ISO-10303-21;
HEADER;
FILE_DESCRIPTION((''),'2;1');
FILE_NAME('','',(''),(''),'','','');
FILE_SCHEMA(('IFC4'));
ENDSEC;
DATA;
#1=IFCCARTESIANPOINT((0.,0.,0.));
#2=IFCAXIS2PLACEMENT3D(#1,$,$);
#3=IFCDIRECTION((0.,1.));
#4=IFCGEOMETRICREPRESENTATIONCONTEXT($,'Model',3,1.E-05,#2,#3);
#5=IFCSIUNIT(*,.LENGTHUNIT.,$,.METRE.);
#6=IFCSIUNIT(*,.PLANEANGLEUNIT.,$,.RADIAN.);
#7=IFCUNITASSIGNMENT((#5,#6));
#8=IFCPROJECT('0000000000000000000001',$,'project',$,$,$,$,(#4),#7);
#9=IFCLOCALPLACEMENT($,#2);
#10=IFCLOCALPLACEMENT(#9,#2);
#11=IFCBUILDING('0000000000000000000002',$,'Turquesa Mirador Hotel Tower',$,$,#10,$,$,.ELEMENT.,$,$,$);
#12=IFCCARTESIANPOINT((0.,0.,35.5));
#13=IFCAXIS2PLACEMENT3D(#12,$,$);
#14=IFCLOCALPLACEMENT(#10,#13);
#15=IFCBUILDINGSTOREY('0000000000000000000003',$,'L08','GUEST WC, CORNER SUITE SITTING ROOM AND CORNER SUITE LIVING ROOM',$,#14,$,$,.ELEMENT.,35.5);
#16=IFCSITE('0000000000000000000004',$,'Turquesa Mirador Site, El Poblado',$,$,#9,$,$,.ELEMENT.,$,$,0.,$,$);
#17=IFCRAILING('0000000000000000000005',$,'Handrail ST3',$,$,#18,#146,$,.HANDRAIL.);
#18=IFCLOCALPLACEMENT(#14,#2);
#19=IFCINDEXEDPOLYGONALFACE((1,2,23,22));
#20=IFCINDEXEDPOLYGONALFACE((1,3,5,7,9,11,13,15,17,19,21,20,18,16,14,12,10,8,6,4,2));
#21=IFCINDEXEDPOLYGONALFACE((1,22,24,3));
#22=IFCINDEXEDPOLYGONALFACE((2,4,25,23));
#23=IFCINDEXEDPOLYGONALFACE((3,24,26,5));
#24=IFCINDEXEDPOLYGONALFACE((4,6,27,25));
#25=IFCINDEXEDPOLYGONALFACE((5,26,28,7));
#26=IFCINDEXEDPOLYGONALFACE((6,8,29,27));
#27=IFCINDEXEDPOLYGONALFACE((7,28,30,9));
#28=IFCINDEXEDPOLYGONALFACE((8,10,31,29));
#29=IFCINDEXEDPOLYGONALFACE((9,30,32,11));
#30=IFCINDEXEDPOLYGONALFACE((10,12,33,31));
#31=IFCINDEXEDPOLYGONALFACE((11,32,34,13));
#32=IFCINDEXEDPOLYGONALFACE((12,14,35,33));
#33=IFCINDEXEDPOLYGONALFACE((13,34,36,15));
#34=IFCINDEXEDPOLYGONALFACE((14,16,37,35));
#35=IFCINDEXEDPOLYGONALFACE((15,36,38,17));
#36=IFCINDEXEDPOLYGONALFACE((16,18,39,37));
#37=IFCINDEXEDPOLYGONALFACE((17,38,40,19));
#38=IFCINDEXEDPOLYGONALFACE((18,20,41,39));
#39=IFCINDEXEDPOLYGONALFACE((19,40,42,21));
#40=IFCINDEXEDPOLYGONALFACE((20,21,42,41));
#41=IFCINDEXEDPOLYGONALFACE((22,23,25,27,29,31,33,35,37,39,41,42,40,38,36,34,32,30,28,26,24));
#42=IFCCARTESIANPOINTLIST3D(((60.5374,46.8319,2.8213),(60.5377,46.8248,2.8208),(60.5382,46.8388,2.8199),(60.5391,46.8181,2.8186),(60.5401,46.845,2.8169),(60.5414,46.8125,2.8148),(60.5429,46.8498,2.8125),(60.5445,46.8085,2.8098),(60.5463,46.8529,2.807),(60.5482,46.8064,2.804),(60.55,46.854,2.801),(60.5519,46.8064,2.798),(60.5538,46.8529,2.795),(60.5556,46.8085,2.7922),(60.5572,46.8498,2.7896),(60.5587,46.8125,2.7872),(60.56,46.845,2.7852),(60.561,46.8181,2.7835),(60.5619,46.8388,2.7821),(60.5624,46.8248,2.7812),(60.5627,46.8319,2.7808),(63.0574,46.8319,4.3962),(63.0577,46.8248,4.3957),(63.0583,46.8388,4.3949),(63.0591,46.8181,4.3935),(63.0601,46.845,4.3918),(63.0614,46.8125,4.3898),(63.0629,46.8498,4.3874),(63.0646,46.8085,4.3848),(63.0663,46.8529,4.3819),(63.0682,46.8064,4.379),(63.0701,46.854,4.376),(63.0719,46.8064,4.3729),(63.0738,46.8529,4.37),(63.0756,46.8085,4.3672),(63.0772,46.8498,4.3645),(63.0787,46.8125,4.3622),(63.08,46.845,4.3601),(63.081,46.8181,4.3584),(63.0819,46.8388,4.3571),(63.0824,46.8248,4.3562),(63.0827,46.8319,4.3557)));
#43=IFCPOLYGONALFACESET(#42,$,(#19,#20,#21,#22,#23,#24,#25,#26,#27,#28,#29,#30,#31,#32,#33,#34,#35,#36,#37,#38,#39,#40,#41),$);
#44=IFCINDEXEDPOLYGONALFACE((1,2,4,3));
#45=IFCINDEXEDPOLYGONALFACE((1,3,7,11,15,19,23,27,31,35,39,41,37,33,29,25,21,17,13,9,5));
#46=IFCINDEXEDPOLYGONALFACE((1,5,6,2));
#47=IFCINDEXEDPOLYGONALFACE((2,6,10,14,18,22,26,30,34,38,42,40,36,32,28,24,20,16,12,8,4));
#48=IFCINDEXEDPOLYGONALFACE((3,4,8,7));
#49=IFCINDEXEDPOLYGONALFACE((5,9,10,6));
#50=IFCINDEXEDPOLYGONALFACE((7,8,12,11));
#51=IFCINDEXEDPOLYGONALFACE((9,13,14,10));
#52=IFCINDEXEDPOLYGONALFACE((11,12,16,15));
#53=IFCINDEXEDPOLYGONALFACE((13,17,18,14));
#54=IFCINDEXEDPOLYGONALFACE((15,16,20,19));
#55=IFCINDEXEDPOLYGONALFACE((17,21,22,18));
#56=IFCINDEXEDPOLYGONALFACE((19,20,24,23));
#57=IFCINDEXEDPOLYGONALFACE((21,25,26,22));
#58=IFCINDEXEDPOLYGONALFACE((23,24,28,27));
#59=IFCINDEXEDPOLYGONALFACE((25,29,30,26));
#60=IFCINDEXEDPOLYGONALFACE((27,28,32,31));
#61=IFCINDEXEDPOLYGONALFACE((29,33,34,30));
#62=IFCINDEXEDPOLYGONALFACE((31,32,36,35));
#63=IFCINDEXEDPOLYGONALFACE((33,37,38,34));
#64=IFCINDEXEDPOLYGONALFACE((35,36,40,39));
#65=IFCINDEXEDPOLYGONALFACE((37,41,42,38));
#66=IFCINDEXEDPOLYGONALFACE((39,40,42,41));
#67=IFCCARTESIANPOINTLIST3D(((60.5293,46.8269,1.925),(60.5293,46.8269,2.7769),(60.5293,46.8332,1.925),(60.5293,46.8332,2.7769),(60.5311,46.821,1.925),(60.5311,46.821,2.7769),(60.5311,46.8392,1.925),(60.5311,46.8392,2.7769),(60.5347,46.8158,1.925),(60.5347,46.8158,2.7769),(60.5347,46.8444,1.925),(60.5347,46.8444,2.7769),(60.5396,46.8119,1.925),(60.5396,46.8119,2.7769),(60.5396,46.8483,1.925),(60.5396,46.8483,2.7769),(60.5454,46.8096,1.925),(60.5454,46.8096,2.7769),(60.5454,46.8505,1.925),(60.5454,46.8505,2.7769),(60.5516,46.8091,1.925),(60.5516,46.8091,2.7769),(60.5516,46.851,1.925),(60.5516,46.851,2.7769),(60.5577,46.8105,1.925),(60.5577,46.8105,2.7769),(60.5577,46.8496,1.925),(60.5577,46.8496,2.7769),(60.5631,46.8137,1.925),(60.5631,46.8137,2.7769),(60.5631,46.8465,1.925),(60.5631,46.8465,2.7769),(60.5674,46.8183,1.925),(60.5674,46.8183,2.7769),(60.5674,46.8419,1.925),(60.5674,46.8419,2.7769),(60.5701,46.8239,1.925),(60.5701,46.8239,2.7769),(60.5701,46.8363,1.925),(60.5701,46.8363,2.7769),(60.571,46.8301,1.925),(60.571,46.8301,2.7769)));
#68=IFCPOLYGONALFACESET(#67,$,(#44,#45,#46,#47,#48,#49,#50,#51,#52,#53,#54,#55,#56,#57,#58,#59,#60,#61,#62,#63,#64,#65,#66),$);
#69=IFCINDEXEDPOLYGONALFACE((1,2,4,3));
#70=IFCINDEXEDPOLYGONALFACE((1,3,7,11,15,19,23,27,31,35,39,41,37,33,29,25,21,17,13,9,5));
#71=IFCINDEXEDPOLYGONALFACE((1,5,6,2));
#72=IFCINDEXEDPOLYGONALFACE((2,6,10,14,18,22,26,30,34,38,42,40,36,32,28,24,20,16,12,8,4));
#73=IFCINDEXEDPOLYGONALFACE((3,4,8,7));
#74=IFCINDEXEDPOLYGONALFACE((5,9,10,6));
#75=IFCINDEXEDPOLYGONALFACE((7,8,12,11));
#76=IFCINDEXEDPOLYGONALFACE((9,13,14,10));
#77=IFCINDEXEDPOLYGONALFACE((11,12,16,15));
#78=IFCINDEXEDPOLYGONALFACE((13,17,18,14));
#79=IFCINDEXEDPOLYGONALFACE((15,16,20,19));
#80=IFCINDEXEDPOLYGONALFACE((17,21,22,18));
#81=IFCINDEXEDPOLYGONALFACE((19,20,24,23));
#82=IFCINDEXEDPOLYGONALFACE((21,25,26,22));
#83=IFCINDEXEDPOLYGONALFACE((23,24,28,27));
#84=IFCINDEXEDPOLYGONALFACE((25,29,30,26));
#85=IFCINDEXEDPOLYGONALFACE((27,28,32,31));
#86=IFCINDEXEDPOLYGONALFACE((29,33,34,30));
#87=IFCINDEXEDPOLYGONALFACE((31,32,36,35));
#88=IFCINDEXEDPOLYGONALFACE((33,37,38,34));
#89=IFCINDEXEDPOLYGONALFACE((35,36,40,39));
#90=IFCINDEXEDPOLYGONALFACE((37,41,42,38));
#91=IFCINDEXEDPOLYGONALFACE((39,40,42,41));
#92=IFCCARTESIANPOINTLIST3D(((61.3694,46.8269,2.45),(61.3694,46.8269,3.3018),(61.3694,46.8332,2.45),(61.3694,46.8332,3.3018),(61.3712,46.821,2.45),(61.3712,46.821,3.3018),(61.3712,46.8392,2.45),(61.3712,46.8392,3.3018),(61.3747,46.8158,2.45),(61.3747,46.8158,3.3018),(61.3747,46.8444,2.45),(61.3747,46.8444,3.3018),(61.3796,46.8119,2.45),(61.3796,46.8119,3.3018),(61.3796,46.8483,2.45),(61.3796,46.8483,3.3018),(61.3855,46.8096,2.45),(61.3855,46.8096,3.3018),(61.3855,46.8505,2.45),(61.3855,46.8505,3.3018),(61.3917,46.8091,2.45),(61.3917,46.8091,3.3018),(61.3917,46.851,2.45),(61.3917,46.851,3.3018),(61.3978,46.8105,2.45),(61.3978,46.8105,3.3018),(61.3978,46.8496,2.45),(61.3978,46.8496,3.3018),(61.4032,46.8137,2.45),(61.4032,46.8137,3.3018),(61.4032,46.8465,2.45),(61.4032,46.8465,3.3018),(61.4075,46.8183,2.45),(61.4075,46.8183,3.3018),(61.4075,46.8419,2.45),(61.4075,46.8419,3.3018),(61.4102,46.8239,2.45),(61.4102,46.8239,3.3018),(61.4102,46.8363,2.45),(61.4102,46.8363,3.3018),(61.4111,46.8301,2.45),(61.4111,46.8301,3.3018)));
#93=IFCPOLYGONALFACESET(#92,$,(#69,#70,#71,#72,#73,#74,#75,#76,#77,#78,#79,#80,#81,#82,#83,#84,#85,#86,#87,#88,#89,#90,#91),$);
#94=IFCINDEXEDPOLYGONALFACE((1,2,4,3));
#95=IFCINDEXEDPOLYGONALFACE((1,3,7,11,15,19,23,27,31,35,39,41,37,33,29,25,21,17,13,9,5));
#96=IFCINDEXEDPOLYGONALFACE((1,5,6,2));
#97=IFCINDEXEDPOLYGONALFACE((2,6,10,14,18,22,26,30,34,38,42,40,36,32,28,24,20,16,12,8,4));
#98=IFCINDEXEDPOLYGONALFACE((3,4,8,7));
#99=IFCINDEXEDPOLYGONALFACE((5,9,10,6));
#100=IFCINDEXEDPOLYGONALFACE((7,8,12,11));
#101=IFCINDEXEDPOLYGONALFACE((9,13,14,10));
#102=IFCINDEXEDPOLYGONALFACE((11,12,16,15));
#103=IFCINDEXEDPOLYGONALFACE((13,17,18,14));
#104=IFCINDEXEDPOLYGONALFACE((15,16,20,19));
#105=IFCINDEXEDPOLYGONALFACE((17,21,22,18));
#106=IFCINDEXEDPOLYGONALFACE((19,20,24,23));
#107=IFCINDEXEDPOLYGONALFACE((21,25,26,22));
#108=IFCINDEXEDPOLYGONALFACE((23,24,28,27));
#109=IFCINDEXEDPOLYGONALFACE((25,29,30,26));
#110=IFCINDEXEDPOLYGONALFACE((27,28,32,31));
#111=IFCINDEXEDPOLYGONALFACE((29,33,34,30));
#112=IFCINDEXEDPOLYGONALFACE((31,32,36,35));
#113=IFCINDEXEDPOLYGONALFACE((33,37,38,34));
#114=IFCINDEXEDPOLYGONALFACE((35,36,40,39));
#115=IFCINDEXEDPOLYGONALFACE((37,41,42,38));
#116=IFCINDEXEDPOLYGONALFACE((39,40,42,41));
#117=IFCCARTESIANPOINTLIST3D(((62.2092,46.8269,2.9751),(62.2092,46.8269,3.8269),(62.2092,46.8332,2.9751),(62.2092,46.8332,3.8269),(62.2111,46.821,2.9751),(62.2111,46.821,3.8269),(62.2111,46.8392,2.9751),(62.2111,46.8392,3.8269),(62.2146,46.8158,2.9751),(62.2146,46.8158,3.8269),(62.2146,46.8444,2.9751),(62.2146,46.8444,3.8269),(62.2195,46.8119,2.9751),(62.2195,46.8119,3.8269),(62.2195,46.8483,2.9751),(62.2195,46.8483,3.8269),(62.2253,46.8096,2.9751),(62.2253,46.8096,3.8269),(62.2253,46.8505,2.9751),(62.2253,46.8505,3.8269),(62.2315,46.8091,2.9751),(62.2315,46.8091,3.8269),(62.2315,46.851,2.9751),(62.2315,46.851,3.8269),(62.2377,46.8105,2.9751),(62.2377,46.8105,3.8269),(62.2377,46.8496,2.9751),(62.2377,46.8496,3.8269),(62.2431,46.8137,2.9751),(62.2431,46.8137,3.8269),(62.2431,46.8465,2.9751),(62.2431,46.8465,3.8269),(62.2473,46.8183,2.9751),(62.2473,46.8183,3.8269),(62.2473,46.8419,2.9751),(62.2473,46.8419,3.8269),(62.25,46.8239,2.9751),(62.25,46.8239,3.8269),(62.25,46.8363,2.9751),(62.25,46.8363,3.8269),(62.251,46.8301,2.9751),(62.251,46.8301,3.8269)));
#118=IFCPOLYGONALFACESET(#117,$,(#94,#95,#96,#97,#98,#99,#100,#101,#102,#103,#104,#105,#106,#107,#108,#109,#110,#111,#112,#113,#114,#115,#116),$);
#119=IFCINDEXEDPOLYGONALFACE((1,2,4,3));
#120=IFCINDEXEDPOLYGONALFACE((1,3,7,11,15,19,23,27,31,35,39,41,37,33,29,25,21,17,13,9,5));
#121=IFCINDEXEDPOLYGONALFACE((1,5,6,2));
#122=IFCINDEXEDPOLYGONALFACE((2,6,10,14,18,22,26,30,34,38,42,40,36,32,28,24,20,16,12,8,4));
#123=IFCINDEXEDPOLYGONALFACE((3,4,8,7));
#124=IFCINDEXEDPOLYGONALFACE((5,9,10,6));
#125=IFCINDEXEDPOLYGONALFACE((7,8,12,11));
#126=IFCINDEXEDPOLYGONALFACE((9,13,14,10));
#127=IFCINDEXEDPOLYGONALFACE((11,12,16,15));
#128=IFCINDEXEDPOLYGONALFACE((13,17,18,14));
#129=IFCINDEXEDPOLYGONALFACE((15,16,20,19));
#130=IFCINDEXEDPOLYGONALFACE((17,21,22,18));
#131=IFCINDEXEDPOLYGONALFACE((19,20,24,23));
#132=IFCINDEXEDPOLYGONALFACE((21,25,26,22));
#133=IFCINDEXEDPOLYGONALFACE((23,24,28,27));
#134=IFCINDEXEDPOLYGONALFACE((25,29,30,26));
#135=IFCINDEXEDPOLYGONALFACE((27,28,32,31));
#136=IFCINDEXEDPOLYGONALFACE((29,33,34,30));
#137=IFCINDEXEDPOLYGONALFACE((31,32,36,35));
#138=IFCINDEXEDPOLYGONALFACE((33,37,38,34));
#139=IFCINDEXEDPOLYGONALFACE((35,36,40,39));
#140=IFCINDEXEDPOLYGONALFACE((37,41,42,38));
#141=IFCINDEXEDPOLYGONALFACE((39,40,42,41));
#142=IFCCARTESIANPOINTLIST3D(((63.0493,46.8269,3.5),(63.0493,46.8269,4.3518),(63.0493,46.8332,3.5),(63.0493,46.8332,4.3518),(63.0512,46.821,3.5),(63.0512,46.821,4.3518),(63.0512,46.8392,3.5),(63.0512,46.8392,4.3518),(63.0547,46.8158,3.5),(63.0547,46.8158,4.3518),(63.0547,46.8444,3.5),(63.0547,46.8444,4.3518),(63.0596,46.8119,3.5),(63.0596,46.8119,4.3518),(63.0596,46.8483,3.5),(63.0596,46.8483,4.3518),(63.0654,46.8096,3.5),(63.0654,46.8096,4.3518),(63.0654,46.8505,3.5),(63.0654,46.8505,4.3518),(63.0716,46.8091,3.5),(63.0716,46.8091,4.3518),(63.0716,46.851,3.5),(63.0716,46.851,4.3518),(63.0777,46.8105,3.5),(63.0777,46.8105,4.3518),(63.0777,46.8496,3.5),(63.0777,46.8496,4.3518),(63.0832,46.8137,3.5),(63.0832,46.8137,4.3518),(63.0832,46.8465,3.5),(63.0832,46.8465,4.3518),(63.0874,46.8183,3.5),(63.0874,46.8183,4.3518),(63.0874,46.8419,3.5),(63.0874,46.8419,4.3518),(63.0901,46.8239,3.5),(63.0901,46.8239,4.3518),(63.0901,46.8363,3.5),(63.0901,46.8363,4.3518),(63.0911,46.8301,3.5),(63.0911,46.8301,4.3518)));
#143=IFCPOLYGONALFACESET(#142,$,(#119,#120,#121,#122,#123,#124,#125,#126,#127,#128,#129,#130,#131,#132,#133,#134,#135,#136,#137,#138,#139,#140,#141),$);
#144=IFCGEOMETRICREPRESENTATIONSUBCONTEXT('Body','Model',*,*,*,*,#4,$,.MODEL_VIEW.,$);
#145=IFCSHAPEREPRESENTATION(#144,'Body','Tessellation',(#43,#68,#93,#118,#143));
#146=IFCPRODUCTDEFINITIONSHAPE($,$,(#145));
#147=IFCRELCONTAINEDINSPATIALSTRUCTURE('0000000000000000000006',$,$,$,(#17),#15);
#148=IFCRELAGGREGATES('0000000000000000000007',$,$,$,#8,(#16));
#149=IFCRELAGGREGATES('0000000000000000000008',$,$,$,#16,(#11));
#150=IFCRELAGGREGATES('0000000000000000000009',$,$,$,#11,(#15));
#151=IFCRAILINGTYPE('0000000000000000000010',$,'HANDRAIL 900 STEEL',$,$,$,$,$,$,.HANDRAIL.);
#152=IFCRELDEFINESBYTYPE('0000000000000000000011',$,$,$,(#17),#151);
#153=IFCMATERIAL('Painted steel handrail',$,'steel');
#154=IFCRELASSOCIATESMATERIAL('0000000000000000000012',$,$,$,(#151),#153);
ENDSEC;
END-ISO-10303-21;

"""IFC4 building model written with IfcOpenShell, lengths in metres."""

from ifc_helpers import new_model, si_unit, direction, frame, origin, origin_2d, place, context, subcontext, project, spatial, circle, extrude, material, type_object, element, save


model = new_model("IFC4")

# Units and contexts
model_context = context("Model", 3, precision=1e-05, world=origin(), true_north=direction((0.0, 1.0)))
body_context = subcontext(model_context, "Body", "Model", "MODEL_VIEW")
ifc_project = project(units=[si_unit("LENGTHUNIT", "METRE"), si_unit("PLANEANGLEUNIT", "RADIAN")], contexts=[model_context])

# Site, building, storey
site_placement = place(None, origin())
site = spatial("IfcSite", under=ifc_project, at=site_placement, Name="Turquesa Mirador Site, El Poblado", CompositionType="ELEMENT", RefElevation=0.0)
building_placement = place(site_placement, origin())
building = spatial("IfcBuilding", under=site, at=building_placement, Name="Turquesa Mirador Hotel Tower", CompositionType="ELEMENT")
storey_placement = place(building_placement, frame((0.0, 0.0, 35.5)))
storey = spatial("IfcBuildingStorey", under=building, at=storey_placement, Name="L08", Description="GUEST WC, CORNER SUITE SITTING ROOM AND CORNER SUITE LIVING ROOM", CompositionType="ELEMENT", Elevation=35.5)

# Railing
ifc_material_1 = material(Name="Painted steel handrail", Category="steel")
railing_type = type_object("IfcRailingType", Name="HANDRAIL 900 STEEL", PredefinedType="HANDRAIL", material=ifc_material_1)
railing_1_placement = place(storey_placement, frame((60.55, 46.8301, 1.925)))
element("IfcRailing", 1, at=railing_1_placement, inside=storey, type_object=railing_type, Name="Handrail ST3", PredefinedType="HANDRAIL", context=body_context, shape_type="SweptSolid", body=[
    extrude(circle(Radius=0.0239, at=origin_2d()), frame((0.0, 0.0, 0.876), z_axis=(0.848008, 0.0, 0.529984), x_axis=(0.0, 1.0, 0.0)), (0.0, 0.0, 1.0), 2.9717),
    extrude(circle(Radius=0.021, at=origin_2d()), origin(), (0.0, 0.0, 1.0), 0.8518),
    extrude(circle(Radius=0.021, at=origin_2d()), frame((0.8401, 0.0, 0.5249)), (0.0, 0.0, 1.0), 0.8518),
    extrude(circle(Radius=0.021, at=origin_2d()), frame((1.6799, 0.0, 1.05)), (0.0, 0.0, 1.0), 0.8518),
    extrude(circle(Radius=0.021, at=origin_2d()), frame((2.52, 0.0, 1.575)), (0.0, 0.0, 1.0), 0.8518),
])

save(model, "model.ifc")
